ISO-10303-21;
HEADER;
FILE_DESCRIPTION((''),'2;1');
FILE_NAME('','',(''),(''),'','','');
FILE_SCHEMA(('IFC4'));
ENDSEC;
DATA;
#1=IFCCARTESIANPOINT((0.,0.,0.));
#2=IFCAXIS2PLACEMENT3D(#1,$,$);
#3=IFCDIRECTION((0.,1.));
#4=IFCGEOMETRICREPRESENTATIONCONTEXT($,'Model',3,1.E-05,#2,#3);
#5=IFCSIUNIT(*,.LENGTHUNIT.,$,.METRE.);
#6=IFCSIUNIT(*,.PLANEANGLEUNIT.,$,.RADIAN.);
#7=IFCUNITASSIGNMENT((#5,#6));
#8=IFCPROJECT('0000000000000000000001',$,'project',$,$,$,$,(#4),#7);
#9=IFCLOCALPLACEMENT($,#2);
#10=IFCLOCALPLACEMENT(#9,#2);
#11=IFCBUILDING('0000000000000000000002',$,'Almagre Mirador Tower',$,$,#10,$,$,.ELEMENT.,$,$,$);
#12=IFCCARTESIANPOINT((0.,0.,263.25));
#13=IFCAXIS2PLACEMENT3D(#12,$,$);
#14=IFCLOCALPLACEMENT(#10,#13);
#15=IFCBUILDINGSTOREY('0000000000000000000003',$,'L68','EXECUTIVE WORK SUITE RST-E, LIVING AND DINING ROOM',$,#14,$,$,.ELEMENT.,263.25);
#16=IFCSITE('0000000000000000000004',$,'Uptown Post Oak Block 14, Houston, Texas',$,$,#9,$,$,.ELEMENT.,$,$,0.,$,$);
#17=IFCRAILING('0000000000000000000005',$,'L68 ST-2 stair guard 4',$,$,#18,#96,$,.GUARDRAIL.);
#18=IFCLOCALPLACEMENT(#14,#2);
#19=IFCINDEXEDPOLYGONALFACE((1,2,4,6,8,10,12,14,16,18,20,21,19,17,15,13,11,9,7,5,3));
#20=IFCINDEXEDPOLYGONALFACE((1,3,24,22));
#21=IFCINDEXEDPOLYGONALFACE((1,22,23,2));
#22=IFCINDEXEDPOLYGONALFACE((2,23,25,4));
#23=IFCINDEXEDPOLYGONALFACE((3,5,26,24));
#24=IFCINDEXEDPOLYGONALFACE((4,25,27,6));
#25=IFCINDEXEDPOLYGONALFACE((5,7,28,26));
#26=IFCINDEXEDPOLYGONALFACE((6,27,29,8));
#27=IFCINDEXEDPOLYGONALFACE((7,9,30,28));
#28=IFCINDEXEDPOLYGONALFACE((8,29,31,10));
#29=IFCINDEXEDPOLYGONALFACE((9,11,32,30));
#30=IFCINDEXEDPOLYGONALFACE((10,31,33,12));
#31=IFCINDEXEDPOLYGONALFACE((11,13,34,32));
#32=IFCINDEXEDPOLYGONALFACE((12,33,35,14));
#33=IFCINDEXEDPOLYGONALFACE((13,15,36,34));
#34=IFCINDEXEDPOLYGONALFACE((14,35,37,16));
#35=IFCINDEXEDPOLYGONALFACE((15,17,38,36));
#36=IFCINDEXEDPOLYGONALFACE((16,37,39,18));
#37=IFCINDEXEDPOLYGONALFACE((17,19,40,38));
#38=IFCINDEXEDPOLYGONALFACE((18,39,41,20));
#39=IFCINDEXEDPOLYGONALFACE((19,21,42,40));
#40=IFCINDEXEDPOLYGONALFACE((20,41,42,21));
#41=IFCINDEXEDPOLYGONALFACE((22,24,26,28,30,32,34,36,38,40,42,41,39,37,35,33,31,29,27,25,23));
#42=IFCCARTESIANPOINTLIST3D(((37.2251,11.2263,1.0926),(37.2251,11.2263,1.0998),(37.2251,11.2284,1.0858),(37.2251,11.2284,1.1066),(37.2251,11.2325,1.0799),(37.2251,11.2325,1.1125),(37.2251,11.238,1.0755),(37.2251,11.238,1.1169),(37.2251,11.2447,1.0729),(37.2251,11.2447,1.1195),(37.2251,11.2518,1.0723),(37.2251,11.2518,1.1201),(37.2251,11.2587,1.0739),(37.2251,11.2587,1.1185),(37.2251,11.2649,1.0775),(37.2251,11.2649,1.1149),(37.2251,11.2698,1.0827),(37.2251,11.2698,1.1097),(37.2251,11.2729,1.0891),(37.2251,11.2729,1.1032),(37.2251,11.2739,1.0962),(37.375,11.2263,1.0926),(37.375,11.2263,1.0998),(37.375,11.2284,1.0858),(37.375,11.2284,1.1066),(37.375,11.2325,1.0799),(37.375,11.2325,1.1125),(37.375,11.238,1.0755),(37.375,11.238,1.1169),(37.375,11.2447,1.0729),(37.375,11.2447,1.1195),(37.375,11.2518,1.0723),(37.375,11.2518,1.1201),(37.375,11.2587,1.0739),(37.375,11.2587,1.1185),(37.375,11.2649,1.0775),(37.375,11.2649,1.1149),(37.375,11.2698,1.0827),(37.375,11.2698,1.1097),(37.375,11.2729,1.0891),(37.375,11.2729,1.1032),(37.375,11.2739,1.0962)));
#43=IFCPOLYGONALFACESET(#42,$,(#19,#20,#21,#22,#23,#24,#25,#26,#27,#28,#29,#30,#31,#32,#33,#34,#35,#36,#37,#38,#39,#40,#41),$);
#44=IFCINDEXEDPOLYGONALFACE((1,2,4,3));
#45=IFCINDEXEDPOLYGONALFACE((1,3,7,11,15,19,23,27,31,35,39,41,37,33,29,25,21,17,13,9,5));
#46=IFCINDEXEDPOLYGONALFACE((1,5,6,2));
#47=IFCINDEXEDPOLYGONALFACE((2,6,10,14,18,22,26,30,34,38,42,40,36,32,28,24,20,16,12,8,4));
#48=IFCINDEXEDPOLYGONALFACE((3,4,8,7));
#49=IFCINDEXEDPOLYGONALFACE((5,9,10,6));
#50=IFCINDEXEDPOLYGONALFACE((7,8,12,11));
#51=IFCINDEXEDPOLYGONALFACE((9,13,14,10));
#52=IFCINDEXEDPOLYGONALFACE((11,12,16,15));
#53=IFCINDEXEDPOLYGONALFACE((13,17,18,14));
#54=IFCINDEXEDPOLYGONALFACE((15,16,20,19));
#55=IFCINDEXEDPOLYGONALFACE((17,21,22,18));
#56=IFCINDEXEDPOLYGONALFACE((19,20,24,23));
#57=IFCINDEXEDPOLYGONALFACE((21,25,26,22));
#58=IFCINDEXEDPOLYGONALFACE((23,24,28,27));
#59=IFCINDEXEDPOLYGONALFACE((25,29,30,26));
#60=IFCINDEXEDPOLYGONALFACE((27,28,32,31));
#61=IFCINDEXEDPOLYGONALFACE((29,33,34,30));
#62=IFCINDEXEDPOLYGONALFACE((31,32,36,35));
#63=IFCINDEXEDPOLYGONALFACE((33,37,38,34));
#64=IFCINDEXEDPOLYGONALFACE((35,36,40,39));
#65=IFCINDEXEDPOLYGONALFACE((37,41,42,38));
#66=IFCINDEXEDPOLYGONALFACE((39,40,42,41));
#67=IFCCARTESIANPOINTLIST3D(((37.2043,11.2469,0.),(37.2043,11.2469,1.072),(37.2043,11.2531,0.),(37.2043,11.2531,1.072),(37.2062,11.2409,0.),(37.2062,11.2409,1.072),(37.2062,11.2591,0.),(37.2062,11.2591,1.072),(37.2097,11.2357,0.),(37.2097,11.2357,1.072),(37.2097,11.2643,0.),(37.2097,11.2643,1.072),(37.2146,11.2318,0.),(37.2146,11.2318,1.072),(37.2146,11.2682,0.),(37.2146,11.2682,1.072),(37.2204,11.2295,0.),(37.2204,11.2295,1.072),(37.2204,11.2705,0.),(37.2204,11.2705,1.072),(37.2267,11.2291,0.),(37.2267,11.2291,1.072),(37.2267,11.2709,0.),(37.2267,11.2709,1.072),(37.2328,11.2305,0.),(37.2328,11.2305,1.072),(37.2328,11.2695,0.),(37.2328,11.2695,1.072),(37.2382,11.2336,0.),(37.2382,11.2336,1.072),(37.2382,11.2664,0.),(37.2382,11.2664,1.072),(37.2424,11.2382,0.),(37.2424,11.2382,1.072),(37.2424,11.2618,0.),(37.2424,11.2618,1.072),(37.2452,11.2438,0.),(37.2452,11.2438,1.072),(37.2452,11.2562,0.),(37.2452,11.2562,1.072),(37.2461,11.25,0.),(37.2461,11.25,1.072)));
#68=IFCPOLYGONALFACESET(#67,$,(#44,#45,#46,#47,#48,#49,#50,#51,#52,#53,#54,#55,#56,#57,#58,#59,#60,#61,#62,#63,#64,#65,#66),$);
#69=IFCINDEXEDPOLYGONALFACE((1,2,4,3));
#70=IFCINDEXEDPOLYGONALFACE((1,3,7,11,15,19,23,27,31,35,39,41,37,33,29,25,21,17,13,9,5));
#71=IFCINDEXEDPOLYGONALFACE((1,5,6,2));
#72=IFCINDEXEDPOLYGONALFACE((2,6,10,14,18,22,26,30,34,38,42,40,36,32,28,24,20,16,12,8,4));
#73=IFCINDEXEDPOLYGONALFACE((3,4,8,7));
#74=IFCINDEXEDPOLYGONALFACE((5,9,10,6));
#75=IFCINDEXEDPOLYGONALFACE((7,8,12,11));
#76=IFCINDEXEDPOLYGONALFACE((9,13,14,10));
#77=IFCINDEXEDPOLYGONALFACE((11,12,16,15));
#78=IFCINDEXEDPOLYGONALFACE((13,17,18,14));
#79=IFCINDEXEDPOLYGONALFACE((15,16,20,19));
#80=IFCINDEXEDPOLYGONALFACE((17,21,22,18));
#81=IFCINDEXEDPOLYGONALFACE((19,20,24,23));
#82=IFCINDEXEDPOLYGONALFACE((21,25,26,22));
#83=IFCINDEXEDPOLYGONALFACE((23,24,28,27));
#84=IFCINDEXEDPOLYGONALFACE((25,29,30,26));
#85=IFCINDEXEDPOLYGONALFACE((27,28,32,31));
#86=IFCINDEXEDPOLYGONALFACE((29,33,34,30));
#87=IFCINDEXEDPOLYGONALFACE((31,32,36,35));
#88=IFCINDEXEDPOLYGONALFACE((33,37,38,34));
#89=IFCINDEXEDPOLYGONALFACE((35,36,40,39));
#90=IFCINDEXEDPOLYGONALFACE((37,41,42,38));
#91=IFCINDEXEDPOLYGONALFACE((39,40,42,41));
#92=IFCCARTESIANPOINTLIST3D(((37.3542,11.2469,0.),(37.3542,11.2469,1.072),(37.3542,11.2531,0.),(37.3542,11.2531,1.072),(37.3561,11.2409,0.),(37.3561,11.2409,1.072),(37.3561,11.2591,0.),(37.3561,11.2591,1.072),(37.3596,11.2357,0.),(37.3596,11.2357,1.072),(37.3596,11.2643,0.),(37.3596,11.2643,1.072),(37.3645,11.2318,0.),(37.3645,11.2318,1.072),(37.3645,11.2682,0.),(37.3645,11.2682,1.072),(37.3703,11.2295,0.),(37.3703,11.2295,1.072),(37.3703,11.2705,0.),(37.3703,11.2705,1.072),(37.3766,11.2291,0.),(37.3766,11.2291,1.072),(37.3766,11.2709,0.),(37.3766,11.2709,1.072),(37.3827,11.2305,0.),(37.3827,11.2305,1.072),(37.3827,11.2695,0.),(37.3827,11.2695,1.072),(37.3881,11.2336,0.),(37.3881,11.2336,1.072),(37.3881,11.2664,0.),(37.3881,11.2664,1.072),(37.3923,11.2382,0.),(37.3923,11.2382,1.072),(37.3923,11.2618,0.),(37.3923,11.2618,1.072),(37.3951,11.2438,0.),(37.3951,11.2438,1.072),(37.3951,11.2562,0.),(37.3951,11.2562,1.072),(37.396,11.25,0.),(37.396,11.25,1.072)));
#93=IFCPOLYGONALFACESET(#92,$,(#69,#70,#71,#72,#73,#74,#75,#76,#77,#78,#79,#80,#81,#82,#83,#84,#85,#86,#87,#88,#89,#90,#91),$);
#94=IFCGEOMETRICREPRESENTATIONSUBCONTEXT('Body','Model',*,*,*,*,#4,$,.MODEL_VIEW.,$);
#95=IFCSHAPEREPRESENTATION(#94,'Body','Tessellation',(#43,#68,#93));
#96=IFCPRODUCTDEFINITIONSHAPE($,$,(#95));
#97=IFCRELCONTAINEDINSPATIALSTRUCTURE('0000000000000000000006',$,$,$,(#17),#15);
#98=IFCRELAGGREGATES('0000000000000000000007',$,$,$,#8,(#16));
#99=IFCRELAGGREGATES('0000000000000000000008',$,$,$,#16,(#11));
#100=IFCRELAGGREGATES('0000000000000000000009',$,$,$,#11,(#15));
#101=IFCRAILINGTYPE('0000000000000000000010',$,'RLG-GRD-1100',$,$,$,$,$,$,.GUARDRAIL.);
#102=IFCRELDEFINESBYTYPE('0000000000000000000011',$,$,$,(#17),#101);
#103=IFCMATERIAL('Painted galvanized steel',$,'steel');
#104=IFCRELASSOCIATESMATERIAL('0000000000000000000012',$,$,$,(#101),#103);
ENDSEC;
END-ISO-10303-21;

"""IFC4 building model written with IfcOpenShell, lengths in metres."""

from ifc_helpers import new_model, si_unit, direction, frame, origin, origin_2d, place, context, subcontext, project, spatial, circle, extrude, material, type_object, element, save


model = new_model("IFC4")

# Units and contexts
model_context = context("Model", 3, precision=1e-05, world=origin(), true_north=direction((0.0, 1.0)))
body_context = subcontext(model_context, "Body", "Model", "MODEL_VIEW")
ifc_project = project(units=[si_unit("LENGTHUNIT", "METRE"), si_unit("PLANEANGLEUNIT", "RADIAN")], contexts=[model_context])

# Site, building, storey
site_placement = place(None, origin())
site = spatial("IfcSite", under=ifc_project, at=site_placement, Name="Uptown Post Oak Block 14, Houston, Texas", CompositionType="ELEMENT", RefElevation=0.0)
building_placement = place(site_placement, origin())
building = spatial("IfcBuilding", under=site, at=building_placement, Name="Almagre Mirador Tower", CompositionType="ELEMENT")
storey_placement = place(building_placement, frame((0.0, 0.0, 263.25)))
storey = spatial("IfcBuildingStorey", under=building, at=storey_placement, Name="L68", Description="EXECUTIVE WORK SUITE RST-E, LIVING AND DINING ROOM", CompositionType="ELEMENT", Elevation=263.25)

# Railing
ifc_material_1 = material(Name="Painted galvanized steel", Category="steel")
railing_type_1 = type_object("IfcRailingType", Name="RLG-GRD-1100", PredefinedType="GUARDRAIL", material=ifc_material_1)
railing_1_placement = place(storey_placement, frame((37.2251, 11.25, 0.0)))
element("IfcRailing", 1, at=railing_1_placement, inside=storey, type_object=railing_type_1, Name="L68 ST-2 stair guard 4", PredefinedType="GUARDRAIL", context=body_context, shape_type="SweptSolid", body=[
    extrude(circle(Radius=0.0239, at=origin_2d()), frame((0.0, 0.0, 1.0962), z_axis=(1.0, 0.0, 0.0), x_axis=(0.0, 1.0, 0.0)), (0.0, 0.0, 1.0), 0.1499),
    extrude(circle(Radius=0.021, at=origin_2d()), origin(), (0.0, 0.0, 1.0), 1.072),
    extrude(circle(Radius=0.021, at=origin_2d()), frame((0.1499, 0.0, 0.0)), (0.0, 0.0, 1.0), 1.072),
])

save(model, "model.ifc")
